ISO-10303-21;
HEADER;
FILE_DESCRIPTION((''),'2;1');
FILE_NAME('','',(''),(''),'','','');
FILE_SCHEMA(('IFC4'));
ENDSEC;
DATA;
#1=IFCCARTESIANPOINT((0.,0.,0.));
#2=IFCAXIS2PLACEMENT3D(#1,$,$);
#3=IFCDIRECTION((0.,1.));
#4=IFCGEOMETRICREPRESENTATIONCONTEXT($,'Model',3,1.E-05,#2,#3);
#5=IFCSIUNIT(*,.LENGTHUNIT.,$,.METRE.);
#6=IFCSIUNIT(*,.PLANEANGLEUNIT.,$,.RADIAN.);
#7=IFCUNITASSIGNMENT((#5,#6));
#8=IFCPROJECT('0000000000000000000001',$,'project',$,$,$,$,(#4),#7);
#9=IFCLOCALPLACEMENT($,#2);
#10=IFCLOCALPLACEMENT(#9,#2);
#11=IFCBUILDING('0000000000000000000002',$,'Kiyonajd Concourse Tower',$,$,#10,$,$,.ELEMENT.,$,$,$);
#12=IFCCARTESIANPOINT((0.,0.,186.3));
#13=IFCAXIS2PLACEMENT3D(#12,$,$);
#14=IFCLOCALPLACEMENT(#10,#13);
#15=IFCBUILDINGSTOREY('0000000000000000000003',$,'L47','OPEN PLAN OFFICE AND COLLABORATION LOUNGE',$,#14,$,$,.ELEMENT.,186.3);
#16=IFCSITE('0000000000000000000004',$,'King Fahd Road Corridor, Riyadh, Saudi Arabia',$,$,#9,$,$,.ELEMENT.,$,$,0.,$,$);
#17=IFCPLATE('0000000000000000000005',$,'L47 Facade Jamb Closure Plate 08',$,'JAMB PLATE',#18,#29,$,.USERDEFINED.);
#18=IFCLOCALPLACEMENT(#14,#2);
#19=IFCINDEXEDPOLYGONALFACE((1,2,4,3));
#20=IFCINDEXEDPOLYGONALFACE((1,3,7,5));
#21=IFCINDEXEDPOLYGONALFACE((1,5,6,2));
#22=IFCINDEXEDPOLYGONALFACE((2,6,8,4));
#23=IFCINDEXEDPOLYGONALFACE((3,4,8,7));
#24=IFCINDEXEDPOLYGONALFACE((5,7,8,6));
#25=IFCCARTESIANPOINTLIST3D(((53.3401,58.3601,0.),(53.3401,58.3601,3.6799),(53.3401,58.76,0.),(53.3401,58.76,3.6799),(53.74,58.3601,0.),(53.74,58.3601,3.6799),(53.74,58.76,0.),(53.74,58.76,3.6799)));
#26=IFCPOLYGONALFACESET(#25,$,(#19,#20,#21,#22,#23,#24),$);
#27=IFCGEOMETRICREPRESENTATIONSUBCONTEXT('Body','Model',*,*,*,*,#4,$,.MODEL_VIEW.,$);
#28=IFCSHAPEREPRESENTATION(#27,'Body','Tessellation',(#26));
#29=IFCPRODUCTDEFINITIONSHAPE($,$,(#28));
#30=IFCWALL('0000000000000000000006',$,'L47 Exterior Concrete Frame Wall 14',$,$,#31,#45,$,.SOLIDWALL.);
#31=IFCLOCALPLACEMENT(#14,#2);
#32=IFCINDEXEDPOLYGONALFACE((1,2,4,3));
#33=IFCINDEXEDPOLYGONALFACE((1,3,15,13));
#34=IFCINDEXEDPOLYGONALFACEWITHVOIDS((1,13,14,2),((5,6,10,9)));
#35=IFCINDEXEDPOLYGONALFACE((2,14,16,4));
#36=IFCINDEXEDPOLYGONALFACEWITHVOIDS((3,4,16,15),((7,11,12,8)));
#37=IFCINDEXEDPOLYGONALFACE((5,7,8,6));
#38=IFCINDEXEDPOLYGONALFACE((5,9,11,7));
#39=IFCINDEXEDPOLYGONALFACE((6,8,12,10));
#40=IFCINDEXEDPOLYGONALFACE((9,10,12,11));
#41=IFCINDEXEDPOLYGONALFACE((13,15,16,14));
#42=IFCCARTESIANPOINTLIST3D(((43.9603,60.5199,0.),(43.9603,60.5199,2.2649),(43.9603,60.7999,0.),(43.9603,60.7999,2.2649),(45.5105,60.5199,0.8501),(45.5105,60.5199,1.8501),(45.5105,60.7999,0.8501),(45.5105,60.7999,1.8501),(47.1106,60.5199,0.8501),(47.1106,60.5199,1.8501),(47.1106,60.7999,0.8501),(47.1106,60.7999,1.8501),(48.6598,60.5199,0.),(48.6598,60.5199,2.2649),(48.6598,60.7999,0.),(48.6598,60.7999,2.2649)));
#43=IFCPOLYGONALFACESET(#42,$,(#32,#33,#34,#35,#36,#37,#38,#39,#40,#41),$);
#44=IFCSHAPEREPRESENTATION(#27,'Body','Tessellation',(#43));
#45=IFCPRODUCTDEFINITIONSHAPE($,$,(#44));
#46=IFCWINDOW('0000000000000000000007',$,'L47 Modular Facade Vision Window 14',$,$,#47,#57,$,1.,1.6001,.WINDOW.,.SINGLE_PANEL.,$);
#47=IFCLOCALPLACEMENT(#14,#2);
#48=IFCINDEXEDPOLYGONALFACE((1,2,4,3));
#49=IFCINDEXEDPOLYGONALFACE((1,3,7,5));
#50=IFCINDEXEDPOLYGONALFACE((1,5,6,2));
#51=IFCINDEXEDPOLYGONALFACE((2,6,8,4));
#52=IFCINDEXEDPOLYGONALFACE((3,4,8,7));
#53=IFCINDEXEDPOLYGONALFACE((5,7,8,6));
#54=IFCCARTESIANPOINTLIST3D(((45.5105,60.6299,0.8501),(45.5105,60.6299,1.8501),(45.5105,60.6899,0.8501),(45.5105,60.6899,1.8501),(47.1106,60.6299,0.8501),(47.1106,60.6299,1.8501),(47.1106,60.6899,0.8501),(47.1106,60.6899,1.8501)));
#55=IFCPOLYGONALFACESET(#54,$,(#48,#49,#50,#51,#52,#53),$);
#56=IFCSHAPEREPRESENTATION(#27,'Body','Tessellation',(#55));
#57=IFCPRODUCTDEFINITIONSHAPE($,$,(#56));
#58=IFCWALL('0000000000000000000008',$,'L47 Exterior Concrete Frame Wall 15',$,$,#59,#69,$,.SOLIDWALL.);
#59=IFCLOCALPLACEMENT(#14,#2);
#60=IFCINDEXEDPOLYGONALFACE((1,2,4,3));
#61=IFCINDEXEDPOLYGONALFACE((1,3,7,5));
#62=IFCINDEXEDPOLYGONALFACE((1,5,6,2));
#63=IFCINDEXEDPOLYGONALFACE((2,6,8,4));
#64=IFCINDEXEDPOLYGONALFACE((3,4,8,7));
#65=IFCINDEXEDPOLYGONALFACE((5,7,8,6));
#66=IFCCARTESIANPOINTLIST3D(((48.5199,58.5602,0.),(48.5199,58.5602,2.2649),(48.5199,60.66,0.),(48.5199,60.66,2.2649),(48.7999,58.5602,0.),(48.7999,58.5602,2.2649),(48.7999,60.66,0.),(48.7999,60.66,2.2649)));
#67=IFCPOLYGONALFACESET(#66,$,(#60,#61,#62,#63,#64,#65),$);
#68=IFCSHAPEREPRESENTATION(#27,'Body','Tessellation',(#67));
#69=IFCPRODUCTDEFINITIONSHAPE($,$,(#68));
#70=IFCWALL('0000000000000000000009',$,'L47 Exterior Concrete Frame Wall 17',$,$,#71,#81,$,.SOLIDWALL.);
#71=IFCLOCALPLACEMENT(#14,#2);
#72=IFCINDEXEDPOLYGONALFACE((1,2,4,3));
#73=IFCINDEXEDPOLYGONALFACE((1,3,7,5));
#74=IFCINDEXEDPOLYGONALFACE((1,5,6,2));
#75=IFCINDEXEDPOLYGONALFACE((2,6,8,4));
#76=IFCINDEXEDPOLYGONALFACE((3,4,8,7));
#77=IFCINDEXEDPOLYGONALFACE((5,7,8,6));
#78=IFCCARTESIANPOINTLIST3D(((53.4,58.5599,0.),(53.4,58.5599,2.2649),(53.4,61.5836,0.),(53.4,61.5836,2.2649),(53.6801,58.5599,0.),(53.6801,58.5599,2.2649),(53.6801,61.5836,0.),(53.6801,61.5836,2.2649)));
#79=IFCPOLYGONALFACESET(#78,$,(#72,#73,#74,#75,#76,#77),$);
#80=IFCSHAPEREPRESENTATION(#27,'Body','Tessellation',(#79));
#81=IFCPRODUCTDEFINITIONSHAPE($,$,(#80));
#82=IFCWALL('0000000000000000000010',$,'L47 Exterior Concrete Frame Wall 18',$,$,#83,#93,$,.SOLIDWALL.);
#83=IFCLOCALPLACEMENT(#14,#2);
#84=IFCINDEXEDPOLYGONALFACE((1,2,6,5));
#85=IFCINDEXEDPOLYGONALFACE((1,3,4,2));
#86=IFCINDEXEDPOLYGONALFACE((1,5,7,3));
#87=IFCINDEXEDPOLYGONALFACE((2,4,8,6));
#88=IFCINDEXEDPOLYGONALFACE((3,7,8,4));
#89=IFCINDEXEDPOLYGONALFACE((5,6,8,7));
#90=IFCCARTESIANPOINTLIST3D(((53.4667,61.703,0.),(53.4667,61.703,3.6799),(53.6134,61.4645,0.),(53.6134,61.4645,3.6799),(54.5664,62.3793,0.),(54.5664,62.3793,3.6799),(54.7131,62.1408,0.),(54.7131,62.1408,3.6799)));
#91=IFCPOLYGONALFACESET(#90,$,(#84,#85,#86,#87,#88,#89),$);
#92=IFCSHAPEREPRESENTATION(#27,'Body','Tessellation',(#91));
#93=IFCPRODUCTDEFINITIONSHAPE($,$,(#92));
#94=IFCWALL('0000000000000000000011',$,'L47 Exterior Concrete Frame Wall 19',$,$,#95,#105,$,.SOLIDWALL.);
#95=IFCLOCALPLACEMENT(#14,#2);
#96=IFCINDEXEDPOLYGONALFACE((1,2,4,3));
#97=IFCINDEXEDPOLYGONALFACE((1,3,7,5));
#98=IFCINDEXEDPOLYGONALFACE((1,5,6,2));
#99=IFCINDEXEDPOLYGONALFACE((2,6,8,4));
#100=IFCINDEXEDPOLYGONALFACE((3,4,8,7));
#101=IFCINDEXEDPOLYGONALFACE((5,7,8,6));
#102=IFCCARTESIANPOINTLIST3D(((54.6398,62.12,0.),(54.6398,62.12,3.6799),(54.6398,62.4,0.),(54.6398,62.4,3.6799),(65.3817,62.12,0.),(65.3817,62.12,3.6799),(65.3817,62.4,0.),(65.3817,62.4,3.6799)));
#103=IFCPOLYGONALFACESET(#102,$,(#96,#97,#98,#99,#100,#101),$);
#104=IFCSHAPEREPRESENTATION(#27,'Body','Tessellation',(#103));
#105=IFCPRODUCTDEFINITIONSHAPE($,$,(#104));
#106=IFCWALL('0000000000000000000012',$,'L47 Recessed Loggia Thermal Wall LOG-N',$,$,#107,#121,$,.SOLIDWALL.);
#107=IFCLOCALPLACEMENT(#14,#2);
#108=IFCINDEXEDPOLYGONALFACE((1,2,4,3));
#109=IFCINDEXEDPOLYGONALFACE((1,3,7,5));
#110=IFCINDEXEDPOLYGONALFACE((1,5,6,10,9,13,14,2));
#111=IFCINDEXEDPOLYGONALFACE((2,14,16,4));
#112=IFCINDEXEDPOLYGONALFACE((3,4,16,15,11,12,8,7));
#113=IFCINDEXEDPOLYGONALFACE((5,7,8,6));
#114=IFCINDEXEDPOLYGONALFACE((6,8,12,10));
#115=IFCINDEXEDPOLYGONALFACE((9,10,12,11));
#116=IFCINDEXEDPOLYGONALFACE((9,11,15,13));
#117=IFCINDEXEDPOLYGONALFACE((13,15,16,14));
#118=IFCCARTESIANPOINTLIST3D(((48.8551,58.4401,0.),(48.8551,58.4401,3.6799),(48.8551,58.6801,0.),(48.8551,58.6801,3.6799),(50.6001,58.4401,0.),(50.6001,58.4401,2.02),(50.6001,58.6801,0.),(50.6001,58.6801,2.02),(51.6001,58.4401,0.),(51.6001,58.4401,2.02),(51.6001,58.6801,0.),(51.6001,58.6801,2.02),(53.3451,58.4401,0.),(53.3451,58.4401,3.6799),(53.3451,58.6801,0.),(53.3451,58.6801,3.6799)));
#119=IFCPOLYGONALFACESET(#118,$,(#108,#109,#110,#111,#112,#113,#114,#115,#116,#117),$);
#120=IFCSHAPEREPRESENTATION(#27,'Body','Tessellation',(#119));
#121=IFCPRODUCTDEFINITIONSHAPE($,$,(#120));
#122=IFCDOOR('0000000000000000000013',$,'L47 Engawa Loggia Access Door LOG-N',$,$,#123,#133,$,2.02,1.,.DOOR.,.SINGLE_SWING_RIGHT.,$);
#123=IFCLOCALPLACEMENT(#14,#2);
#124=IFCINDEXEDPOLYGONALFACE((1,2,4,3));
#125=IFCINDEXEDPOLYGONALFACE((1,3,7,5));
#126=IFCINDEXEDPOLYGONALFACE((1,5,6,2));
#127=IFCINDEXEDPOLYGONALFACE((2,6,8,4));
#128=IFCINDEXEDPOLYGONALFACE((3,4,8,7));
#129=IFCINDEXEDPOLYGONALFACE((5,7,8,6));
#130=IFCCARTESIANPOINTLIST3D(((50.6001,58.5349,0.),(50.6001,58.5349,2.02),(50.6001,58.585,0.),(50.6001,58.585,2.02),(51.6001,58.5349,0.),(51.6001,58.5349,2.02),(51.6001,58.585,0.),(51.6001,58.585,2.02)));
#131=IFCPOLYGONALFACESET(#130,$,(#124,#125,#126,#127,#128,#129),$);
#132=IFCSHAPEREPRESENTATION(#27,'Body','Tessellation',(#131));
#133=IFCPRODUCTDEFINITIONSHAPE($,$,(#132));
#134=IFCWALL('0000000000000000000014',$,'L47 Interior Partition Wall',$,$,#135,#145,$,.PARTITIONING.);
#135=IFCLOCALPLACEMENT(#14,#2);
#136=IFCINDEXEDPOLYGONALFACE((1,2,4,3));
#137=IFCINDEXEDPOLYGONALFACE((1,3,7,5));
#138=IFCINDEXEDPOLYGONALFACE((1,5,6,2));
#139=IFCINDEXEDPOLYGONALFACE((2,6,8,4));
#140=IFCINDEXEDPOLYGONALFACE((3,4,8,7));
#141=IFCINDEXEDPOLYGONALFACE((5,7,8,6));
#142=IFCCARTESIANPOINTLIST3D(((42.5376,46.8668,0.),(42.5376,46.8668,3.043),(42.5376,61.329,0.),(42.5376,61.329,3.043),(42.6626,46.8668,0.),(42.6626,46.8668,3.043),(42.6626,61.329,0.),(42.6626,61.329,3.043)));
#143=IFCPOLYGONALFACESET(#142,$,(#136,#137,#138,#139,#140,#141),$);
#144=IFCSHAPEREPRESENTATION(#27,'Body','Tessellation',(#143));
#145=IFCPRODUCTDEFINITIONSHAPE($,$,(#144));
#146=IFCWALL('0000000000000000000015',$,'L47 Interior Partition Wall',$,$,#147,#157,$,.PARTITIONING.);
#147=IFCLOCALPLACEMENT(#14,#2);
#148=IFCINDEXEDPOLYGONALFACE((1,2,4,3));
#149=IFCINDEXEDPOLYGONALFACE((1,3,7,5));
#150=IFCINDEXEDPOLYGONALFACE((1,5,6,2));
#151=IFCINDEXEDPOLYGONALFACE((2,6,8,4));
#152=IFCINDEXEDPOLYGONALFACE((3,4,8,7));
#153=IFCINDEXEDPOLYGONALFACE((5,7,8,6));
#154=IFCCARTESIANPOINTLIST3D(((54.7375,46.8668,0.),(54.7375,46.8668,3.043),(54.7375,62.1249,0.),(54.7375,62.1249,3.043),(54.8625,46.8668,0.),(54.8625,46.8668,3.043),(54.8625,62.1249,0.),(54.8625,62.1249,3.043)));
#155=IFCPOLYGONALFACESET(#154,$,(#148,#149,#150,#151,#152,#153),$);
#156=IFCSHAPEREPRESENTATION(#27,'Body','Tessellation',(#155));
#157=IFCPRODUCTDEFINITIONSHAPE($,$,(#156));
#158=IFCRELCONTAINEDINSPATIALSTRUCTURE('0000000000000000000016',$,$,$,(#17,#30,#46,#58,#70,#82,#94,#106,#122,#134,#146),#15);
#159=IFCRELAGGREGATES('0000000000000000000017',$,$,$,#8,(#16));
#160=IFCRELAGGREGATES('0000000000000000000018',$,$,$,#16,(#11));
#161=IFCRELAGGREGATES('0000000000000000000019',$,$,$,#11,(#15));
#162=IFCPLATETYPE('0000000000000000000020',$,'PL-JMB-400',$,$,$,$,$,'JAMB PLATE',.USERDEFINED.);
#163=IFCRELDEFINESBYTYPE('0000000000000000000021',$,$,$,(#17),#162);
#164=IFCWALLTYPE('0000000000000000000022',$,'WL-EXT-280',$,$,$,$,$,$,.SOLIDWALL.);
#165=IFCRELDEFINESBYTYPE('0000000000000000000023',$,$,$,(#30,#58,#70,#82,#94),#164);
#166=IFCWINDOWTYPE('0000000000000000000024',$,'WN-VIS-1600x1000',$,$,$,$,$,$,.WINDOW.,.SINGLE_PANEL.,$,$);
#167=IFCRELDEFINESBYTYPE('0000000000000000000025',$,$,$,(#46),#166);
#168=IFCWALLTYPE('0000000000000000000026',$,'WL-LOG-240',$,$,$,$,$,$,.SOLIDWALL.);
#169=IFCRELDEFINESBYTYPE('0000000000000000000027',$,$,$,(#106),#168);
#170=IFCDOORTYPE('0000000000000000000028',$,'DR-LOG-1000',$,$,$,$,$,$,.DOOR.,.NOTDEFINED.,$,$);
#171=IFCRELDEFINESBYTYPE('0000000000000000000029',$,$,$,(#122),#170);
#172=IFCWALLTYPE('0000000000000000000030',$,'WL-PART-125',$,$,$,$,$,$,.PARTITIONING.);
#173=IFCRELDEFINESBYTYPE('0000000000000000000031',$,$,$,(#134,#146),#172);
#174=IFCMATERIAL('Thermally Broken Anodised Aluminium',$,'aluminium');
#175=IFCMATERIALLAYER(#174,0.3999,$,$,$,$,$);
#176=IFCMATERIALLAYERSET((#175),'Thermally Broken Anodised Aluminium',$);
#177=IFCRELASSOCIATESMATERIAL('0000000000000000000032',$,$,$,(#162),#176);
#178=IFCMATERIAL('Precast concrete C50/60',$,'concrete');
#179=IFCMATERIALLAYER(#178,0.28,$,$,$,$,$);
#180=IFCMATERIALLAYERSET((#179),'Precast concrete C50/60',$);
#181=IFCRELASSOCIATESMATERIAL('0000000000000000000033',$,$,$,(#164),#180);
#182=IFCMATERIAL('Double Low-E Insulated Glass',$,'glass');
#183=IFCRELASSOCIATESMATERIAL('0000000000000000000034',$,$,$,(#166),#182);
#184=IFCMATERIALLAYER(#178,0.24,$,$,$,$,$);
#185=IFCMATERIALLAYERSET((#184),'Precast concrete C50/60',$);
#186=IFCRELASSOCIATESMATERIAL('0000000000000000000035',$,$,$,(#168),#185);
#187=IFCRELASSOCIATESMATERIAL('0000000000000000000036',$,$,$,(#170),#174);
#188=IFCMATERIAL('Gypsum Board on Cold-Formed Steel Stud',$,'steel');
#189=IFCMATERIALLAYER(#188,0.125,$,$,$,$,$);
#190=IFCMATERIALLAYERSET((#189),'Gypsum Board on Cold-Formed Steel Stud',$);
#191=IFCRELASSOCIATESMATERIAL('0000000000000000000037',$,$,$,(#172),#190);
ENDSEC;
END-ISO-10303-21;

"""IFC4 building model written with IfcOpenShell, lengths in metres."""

from ifc_helpers import new_model, si_unit, direction, frame, frame_2d, origin, origin_2d, place, context, subcontext, project, spatial, rectangle, extrude, material, layer, layer_set, type_object, element, fill, save


model = new_model("IFC4")

# Units and contexts
model_context = context("Model", 3, precision=1e-05, world=origin(), true_north=direction((0.0, 1.0)))
body_context = subcontext(model_context, "Body", "Model", "MODEL_VIEW")
ifc_project = project(units=[si_unit("LENGTHUNIT", "METRE"), si_unit("PLANEANGLEUNIT", "RADIAN")], contexts=[model_context])

# Site, building, storey
site_placement = place(None, origin())
site = spatial("IfcSite", under=ifc_project, at=site_placement, Name="King Fahd Road Corridor, Riyadh, Saudi Arabia", CompositionType="ELEMENT", RefElevation=0.0)
building_placement = place(site_placement, origin())
building = spatial("IfcBuilding", under=site, at=building_placement, Name="Kiyonajd Concourse Tower", CompositionType="ELEMENT")
storey_placement = place(building_placement, frame((0.0, 0.0, 186.3)))
storey = spatial("IfcBuildingStorey", under=building, at=storey_placement, Name="L47", Description="OPEN PLAN OFFICE AND COLLABORATION LOUNGE", CompositionType="ELEMENT", Elevation=186.3)

# Plate
ifc_material_1 = material(Name="Thermally Broken Anodised Aluminium", Category="aluminium")
ifc_layer_1 = layer(ifc_material_1, 0.3999)
ifc_layer_set_1 = layer_set([ifc_layer_1], Name="Thermally Broken Anodised Aluminium")
plate_type_1 = type_object("IfcPlateType", Name="PL-JMB-400", ElementType="JAMB PLATE", PredefinedType="USERDEFINED", material=ifc_layer_set_1)
for number, where, z_axis, x_axis, name in (
    (1, (53.54, 58.5601, 0.0), (0.0, 0.0, 1.0), (1.0, 0.0, 0.0), "L47 Facade Jamb Closure Plate 08"),
):
    element("IfcPlate", number, at=place(storey_placement, frame(where, z_axis=z_axis, x_axis=x_axis)), inside=storey, type_object=plate_type_1, Name=name, ObjectType="JAMB PLATE", PredefinedType="USERDEFINED", context=body_context, shape_type="SweptSolid", body=[
        extrude(rectangle(XDim=0.3999, YDim=0.3999, at=origin_2d()), origin(), (0.0, 0.0, 1.0), 3.6799),
    ])

# Wall, opening, window
ifc_material_2 = material(Name="Precast concrete C50/60", Category="concrete")
ifc_layer_2 = layer(ifc_material_2, 0.28)
ifc_layer_set_2 = layer_set([ifc_layer_2], Name="Precast concrete C50/60")
wall_type_1 = type_object("IfcWallType", Name="WL-EXT-280", PredefinedType="SOLIDWALL", material=ifc_layer_set_2)
wall_1_placement = place(storey_placement, frame((43.9604, 60.6599, 0.0), z_axis=(0.0, 0.0, 1.0), x_axis=(1.0, 0.0, 0.0)))
wall_1 = element("IfcWall", 2, at=wall_1_placement, inside=storey, type_object=wall_type_1, Name="L47 Exterior Concrete Frame Wall 14", PredefinedType="SOLIDWALL", context=body_context, shape_type="SweptSolid", body=[
    extrude(rectangle(XDim=4.6995, YDim=0.28, at=frame_2d((2.3496, 0.0))), origin(), (0.0, 0.0, 1.0), 2.2649),
])
opening_1_placement = place(wall_1_placement, frame((1.55, 0.0, 0.8501)))
opening_1 = element("IfcOpeningElement", 3, at=opening_1_placement, cuts=wall_1, PredefinedType="OPENING", context=body_context, shape_type="SweptSolid", body=[
    extrude(rectangle(XDim=1.6001, YDim=1.0, at=frame_2d((0.8, 0.5))), frame((0.0, 0.1499, 0.0), z_axis=(0.0, -1.0, 0.0), x_axis=(1.0, 0.0, 0.0)), (0.0, 0.0, 1.0), 0.3),
])
ifc_material_3 = material(Name="Double Low-E Insulated Glass", Category="glass")
window_type = type_object("IfcWindowType", Name="WN-VIS-1600x1000", PartitioningType="SINGLE_PANEL", PredefinedType="WINDOW", material=ifc_material_3)
window_placement = place(opening_1_placement, origin())
window = element("IfcWindow", 4, at=window_placement, inside=storey, type_object=window_type, Name="L47 Modular Facade Vision Window 14", OverallHeight=1.0, OverallWidth=1.6001, PartitioningType="SINGLE_PANEL", PredefinedType="WINDOW", context=body_context, shape_type="SweptSolid", body=[
    extrude(rectangle(XDim=1.6001, YDim=1.0, at=frame_2d((0.8, 0.5))), frame((0.0, 0.03, 0.0), z_axis=(0.0, -1.0, 0.0), x_axis=(1.0, 0.0, 0.0)), (0.0, 0.0, 1.0), 0.0601),
])
fill(opening_1, window)

# Walls
wall_2_placement = place(storey_placement, frame((48.6599, 60.6599, 0.0), z_axis=(0.0, 0.0, 1.0), x_axis=(0.0, -1.0, 0.0)))
element("IfcWall", 5, at=wall_2_placement, inside=storey, type_object=wall_type_1, Name="L47 Exterior Concrete Frame Wall 15", PredefinedType="SOLIDWALL", context=body_context, shape_type="SweptSolid", body=[
    extrude(rectangle(XDim=2.0999, YDim=0.28, at=frame_2d((1.0498, 0.0))), origin(), (0.0, 0.0, 1.0), 2.2649),
])
wall_3_placement = place(storey_placement, frame((53.54, 58.5601, 0.0), z_axis=(0.0, 0.0, 1.0), x_axis=(0.0, 1.0, 0.0)))
element("IfcWall", 6, at=wall_3_placement, inside=storey, type_object=wall_type_1, Name="L47 Exterior Concrete Frame Wall 17", PredefinedType="SOLIDWALL", context=body_context, shape_type="SweptSolid", body=[
    extrude(rectangle(XDim=3.0237, YDim=0.28, at=frame_2d((1.5117, 0.0))), origin(), (0.0, 0.0, 1.0), 2.2649),
])
wall_4_placement = place(storey_placement, frame((53.54, 61.5837, 0.0), z_axis=(0.0, 0.0, 1.0), x_axis=(0.851801, 0.523865, 0.0)))
element("IfcWall", 7, at=wall_4_placement, inside=storey, type_object=wall_type_1, Name="L47 Exterior Concrete Frame Wall 18", PredefinedType="SOLIDWALL", context=body_context, shape_type="SweptSolid", body=[
    extrude(rectangle(XDim=1.291, YDim=0.28, at=frame_2d((0.6455, 0.0))), origin(), (0.0, 0.0, 1.0), 3.6799),
])
wall_5_placement = place(storey_placement, frame((54.6396, 62.26, 0.0), z_axis=(0.0, 0.0, 1.0), x_axis=(1.0, 0.0, 0.0)))
element("IfcWall", 8, at=wall_5_placement, inside=storey, type_object=wall_type_1, Name="L47 Exterior Concrete Frame Wall 19", PredefinedType="SOLIDWALL", context=body_context, shape_type="SweptSolid", body=[
    extrude(rectangle(XDim=10.7419, YDim=0.28, at=frame_2d((5.3711, 0.0))), origin(), (0.0, 0.0, 1.0), 3.6799),
])

# Wall, opening, door
ifc_layer_3 = layer(ifc_material_2, 0.24)
ifc_layer_set_3 = layer_set([ifc_layer_3], Name="Precast concrete C50/60")
wall_type_2 = type_object("IfcWallType", Name="WL-LOG-240", PredefinedType="SOLIDWALL", material=ifc_layer_set_3)
wall_6_placement = place(storey_placement, frame((48.855, 58.5601, 0.0), z_axis=(0.0, 0.0, 1.0), x_axis=(1.0, 0.0, 0.0)))
wall_6 = element("IfcWall", 9, at=wall_6_placement, inside=storey, type_object=wall_type_2, Name="L47 Recessed Loggia Thermal Wall LOG-N", PredefinedType="SOLIDWALL", context=body_context, shape_type="SweptSolid", body=[
    extrude(rectangle(XDim=4.49, YDim=0.24, at=frame_2d((2.2451, 0.0))), origin(), (0.0, 0.0, 1.0), 3.6799),
])
opening_2_placement = place(wall_6_placement, frame((1.7451, 0.0, 0.0)))
opening_2 = element("IfcOpeningElement", 10, at=opening_2_placement, cuts=wall_6, PredefinedType="OPENING", context=body_context, shape_type="SweptSolid", body=[
    extrude(rectangle(XDim=1.0, YDim=2.02, at=frame_2d((0.5, 1.01))), frame((0.0, 0.1299, 0.0), z_axis=(0.0, -1.0, 0.0), x_axis=(1.0, 0.0, 0.0)), (0.0, 0.0, 1.0), 0.26),
])
door_type = type_object("IfcDoorType", Name="DR-LOG-1000", OperationType="NOTDEFINED", PredefinedType="DOOR", material=ifc_material_1)
door_placement = place(opening_2_placement, origin())
door = element("IfcDoor", 11, at=door_placement, inside=storey, type_object=door_type, Name="L47 Engawa Loggia Access Door LOG-N", OperationType="SINGLE_SWING_RIGHT", OverallHeight=2.02, OverallWidth=1.0, PredefinedType="DOOR", context=body_context, shape_type="SweptSolid", body=[
    extrude(rectangle(XDim=1.0, YDim=2.02, at=frame_2d((0.5, 1.01))), frame((0.0, 0.0249, 0.0), z_axis=(0.0, -1.0, 0.0), x_axis=(1.0, 0.0, 0.0)), (0.0, 0.0, 1.0), 0.05),
])
fill(opening_2, door)

# Walls
ifc_material_4 = material(Name="Gypsum Board on Cold-Formed Steel Stud", Category="steel")
ifc_layer_4 = layer(ifc_material_4, 0.125)
ifc_layer_set_4 = layer_set([ifc_layer_4], Name="Gypsum Board on Cold-Formed Steel Stud")
wall_type_3 = type_object("IfcWallType", Name="WL-PART-125", PredefinedType="PARTITIONING", material=ifc_layer_set_4)
wall_7_placement = place(storey_placement, frame((42.6001, 46.8669, 0.0), z_axis=(0.0, 0.0, 1.0), x_axis=(0.0, 1.0, 0.0)))
element("IfcWall", 12, at=wall_7_placement, inside=storey, type_object=wall_type_3, Name="L47 Interior Partition Wall", PredefinedType="PARTITIONING", context=body_context, shape_type="SweptSolid", body=[
    extrude(rectangle(XDim=14.4622, YDim=0.125, at=frame_2d((7.231, 0.0))), origin(), (0.0, 0.0, 1.0), 3.043),
])
wall_8_placement = place(storey_placement, frame((54.8, 46.8669, 0.0), z_axis=(0.0, 0.0, 1.0), x_axis=(0.0, 1.0, 0.0)))
element("IfcWall", 13, at=wall_8_placement, inside=storey, type_object=wall_type_3, Name="L47 Interior Partition Wall", PredefinedType="PARTITIONING", context=body_context, shape_type="SweptSolid", body=[
    extrude(rectangle(XDim=15.2581, YDim=0.125, at=frame_2d((7.6289, 0.0))), origin(), (0.0, 0.0, 1.0), 3.043),
])

save(model, "model.ifc")
